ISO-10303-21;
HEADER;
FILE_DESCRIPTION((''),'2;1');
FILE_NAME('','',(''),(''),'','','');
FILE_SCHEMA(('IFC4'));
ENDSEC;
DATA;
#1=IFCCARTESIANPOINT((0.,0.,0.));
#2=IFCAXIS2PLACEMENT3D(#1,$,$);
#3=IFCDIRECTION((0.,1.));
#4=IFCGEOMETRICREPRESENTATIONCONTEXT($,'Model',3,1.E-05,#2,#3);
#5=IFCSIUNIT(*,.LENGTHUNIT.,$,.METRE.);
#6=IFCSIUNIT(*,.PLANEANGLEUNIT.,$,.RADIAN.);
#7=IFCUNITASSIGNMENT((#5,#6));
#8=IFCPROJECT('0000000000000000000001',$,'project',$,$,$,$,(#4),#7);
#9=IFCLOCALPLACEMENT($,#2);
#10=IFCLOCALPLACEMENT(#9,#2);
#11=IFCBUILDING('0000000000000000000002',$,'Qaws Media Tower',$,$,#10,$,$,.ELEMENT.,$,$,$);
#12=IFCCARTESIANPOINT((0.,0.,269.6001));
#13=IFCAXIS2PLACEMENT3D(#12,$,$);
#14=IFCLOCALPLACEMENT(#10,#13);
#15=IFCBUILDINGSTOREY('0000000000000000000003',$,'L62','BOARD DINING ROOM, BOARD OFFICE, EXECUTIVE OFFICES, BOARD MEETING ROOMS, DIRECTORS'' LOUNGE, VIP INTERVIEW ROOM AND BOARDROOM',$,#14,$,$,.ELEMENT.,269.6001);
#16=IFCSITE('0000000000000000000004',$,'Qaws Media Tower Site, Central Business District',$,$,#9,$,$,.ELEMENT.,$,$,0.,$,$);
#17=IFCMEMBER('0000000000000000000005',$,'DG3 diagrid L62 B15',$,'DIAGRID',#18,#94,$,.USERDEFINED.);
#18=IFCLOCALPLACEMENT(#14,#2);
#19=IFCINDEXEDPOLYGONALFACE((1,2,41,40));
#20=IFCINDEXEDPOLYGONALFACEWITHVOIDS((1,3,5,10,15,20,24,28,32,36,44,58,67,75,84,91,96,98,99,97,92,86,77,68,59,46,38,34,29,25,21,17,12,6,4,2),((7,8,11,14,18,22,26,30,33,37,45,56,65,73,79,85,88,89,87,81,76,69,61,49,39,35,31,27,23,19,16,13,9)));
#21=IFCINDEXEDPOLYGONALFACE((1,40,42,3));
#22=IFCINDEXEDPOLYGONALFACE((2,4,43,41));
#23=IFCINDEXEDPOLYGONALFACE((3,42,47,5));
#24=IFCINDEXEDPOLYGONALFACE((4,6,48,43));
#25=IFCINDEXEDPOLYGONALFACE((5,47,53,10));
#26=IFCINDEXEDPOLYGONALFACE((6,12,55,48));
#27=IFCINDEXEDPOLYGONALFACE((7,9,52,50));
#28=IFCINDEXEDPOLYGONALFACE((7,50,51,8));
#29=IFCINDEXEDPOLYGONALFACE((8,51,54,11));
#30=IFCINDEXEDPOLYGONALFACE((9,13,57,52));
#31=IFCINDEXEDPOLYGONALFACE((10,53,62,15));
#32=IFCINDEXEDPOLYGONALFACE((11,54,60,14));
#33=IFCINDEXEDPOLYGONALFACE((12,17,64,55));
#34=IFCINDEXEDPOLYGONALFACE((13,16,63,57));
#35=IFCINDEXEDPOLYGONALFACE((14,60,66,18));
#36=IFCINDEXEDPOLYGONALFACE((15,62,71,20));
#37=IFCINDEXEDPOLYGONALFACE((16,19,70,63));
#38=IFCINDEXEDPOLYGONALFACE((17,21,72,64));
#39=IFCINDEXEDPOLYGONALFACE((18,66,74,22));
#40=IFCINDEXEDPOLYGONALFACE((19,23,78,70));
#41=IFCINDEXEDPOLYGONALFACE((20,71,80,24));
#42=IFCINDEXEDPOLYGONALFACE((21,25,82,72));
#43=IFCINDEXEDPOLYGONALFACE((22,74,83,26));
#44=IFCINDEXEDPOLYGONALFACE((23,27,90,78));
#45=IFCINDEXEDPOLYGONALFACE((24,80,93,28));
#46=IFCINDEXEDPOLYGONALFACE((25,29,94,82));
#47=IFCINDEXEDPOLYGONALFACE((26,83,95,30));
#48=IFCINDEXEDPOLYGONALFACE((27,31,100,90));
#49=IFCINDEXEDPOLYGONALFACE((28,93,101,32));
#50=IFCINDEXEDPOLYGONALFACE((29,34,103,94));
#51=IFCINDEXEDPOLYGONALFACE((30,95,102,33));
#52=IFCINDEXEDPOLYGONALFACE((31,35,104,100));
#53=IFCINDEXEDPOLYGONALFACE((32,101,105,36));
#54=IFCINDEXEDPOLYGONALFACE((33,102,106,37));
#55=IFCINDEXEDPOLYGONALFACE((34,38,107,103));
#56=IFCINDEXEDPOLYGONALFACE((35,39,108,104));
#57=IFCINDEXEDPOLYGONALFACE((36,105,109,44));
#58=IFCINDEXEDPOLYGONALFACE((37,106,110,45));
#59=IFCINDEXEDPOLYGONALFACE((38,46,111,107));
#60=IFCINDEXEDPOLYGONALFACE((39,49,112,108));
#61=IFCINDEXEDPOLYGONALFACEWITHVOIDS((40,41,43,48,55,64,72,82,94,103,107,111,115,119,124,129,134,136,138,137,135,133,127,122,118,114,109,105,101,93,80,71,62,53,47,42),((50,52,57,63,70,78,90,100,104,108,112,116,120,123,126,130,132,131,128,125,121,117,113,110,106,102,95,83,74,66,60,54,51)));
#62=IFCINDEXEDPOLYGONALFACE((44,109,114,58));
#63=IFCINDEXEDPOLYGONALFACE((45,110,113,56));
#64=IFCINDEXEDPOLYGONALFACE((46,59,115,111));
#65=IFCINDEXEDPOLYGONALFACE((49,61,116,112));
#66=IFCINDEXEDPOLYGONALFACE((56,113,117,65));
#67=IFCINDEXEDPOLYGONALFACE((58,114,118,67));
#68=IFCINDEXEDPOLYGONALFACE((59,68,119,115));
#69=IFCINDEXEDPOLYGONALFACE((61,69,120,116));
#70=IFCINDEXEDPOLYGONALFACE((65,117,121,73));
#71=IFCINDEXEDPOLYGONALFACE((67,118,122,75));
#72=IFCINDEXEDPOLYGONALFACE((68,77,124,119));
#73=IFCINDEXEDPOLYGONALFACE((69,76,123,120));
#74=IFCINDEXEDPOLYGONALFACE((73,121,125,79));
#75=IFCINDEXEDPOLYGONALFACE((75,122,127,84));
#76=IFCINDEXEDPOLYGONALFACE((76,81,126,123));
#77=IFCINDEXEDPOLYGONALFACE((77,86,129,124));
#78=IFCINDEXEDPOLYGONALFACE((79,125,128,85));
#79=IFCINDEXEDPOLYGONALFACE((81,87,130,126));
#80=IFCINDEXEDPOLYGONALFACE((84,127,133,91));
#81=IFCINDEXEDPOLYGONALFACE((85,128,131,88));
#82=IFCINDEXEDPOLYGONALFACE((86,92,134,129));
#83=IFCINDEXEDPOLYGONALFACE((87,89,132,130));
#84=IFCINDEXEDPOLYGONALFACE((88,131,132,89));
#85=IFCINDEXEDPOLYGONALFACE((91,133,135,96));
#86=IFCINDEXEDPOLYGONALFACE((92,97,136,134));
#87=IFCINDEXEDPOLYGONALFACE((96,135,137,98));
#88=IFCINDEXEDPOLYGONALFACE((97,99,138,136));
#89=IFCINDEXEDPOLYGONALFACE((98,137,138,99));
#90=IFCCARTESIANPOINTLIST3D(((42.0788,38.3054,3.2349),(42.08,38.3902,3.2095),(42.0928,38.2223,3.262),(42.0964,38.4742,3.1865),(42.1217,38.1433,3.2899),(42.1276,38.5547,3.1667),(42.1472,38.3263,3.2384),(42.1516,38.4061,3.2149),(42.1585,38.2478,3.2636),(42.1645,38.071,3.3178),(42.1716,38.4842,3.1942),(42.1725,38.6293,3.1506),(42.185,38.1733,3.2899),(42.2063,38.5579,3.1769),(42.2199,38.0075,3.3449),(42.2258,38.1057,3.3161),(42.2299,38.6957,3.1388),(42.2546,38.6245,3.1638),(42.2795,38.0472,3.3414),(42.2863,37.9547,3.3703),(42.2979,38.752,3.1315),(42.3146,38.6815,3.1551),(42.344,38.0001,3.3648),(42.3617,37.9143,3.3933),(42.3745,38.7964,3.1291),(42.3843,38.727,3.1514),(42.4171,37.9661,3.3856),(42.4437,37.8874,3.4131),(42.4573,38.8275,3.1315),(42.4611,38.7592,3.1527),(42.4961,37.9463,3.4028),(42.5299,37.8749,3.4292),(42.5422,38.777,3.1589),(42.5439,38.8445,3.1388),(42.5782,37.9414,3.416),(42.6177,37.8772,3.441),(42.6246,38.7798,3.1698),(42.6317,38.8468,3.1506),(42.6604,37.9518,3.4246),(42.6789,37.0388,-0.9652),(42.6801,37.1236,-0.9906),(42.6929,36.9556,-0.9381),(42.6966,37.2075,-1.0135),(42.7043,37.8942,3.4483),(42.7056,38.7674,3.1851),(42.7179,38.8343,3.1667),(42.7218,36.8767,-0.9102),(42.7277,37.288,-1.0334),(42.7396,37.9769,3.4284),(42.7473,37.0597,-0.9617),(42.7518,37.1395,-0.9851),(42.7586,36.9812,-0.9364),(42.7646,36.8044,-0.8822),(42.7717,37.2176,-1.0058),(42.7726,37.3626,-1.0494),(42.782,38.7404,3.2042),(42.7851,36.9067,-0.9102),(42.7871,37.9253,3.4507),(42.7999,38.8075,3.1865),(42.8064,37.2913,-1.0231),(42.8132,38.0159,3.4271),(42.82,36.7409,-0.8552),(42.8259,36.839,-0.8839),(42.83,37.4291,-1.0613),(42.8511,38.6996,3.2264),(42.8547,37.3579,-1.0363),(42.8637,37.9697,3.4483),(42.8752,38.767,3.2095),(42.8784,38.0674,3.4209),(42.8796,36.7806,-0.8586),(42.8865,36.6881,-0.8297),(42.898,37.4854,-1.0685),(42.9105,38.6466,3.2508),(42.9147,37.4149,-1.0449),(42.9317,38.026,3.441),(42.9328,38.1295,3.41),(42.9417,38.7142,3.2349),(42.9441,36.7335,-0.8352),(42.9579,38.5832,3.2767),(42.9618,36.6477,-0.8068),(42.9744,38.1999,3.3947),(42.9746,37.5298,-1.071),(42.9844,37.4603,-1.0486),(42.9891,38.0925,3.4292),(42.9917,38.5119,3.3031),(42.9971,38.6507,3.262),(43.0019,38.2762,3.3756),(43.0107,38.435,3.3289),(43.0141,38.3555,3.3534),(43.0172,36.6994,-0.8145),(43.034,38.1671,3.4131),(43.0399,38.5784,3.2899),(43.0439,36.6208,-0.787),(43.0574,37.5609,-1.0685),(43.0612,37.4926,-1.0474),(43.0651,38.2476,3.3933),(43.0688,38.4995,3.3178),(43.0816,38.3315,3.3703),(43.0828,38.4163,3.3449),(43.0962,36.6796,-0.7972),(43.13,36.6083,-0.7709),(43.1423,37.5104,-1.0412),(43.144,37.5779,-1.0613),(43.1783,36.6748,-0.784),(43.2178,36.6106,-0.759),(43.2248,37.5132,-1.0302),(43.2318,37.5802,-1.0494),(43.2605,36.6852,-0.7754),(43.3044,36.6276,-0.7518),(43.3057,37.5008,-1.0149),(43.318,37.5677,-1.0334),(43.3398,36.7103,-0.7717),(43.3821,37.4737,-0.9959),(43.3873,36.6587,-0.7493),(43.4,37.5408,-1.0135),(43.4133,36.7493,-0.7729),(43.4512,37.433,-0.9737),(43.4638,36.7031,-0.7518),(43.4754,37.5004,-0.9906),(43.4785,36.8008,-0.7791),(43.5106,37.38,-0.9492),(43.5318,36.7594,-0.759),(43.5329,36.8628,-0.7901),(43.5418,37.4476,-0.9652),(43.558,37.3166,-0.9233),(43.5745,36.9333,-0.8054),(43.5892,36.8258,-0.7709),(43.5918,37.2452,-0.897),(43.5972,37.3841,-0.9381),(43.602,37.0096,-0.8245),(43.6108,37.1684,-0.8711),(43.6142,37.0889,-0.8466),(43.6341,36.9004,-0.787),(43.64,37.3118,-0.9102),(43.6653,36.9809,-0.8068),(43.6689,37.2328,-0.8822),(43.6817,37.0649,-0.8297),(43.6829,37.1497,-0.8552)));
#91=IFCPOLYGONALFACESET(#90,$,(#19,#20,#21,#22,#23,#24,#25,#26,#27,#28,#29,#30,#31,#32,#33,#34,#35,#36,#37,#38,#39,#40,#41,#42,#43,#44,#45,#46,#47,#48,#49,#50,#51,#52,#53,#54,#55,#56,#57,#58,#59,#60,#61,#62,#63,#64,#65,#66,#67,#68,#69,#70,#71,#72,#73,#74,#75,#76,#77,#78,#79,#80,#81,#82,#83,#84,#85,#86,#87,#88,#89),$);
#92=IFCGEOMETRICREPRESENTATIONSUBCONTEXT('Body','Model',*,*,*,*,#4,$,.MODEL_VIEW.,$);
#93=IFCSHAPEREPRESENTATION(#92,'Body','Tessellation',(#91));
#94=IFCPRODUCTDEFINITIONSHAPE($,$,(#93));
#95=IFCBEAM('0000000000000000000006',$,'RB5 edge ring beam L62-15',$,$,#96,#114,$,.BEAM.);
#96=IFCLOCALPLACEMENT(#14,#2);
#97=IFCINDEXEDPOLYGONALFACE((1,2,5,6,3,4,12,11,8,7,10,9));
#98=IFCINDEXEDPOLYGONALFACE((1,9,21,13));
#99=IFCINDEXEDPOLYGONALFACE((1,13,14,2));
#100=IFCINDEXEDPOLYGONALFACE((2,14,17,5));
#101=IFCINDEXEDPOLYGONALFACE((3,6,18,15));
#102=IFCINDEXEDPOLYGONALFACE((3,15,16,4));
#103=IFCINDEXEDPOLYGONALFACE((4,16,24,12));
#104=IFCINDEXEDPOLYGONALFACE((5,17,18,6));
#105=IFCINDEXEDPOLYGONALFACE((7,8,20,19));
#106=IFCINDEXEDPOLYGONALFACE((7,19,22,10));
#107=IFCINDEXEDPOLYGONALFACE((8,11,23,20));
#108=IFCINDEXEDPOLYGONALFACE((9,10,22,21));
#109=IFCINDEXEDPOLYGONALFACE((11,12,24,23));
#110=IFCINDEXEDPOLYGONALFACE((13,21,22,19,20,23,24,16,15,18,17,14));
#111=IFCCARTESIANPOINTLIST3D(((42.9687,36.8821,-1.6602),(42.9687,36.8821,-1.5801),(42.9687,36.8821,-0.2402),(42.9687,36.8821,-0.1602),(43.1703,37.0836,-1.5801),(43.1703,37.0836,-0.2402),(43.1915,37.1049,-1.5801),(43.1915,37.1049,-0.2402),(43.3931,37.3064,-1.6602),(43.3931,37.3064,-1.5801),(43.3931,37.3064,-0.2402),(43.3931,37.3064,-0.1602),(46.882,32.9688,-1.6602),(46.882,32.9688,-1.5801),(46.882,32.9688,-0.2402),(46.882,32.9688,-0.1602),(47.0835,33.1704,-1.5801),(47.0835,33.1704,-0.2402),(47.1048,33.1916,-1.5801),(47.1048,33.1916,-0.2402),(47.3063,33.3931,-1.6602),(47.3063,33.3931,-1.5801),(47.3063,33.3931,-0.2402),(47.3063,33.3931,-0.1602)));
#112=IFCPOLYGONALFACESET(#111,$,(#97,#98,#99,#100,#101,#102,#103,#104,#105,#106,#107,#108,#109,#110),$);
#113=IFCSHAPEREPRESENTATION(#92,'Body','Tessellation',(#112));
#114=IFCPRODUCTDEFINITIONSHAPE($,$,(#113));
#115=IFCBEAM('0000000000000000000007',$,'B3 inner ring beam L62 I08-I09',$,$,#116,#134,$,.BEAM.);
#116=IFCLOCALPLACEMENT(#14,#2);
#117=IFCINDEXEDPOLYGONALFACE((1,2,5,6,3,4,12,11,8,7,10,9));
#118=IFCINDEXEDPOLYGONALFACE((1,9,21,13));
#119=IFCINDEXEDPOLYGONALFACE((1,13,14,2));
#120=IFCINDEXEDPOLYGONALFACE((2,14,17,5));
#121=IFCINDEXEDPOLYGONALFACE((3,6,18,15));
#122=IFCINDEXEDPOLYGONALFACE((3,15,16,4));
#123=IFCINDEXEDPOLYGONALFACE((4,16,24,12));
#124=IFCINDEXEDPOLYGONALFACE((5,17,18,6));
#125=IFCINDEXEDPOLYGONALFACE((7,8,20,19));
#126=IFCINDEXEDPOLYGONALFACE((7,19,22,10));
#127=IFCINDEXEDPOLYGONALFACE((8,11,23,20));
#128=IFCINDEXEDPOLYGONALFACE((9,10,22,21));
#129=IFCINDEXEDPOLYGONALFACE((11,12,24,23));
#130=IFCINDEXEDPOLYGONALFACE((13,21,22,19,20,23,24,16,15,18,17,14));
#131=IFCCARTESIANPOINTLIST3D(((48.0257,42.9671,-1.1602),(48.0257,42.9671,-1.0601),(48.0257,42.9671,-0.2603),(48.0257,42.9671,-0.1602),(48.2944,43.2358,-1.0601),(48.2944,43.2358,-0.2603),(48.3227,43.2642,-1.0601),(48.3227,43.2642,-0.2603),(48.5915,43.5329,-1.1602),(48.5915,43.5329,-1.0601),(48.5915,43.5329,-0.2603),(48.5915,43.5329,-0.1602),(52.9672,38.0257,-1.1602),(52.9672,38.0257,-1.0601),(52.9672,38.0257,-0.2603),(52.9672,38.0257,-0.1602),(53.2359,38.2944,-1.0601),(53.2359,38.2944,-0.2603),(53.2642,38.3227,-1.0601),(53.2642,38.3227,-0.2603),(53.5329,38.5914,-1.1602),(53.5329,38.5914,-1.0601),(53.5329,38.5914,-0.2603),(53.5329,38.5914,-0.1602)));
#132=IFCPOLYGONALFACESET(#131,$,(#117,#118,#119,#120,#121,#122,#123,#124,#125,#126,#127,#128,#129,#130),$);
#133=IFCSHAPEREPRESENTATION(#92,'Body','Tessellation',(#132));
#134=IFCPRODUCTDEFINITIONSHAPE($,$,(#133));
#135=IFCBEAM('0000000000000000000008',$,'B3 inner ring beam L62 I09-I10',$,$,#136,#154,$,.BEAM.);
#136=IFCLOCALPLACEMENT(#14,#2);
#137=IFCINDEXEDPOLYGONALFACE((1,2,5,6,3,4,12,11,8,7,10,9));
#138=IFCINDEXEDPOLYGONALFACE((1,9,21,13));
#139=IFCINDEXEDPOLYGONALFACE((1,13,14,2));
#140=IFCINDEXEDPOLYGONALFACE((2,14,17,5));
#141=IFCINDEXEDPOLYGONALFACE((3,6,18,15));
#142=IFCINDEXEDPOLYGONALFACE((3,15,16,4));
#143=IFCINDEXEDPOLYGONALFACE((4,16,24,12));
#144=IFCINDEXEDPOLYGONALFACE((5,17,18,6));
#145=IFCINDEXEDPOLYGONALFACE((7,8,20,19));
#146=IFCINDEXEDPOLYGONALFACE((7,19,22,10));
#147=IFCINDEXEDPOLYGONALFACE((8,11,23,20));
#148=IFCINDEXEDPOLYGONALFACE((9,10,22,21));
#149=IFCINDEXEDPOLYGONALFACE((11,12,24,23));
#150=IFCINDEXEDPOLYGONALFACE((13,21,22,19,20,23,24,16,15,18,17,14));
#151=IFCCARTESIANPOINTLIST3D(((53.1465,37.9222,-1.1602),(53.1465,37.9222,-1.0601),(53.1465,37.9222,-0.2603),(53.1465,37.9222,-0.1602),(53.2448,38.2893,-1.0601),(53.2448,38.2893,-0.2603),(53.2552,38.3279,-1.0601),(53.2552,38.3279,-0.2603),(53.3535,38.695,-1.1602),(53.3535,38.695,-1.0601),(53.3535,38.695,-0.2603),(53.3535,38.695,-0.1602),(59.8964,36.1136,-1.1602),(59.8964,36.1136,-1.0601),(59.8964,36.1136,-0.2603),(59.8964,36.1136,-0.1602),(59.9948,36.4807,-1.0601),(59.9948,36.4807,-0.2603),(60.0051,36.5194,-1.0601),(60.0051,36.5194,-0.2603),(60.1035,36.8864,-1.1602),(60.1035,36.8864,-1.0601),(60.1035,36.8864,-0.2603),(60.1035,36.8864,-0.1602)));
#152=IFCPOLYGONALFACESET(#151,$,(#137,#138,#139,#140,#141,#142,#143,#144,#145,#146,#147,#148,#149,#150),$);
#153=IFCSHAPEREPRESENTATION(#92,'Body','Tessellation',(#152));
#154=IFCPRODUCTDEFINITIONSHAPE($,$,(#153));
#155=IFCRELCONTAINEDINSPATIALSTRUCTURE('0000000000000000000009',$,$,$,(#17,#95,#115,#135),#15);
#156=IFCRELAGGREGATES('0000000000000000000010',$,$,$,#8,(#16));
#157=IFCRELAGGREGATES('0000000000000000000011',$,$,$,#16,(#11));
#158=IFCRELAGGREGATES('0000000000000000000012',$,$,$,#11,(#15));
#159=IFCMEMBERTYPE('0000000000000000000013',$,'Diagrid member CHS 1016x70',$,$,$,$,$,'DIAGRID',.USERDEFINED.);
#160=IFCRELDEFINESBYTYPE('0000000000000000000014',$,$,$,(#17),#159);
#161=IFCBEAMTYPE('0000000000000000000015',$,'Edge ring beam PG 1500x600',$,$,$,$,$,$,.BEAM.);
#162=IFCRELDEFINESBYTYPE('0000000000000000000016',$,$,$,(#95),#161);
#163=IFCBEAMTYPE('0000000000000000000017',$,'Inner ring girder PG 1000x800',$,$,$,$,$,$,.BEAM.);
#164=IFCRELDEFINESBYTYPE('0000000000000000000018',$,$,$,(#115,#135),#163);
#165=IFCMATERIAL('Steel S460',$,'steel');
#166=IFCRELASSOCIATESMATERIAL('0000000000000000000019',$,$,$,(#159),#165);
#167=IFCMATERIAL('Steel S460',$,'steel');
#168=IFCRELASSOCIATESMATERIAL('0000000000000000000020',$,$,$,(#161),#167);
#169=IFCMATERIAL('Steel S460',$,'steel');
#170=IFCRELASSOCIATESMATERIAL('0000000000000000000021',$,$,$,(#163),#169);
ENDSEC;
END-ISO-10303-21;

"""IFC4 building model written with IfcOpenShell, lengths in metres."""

from ifc_helpers import new_model, si_unit, direction, frame, origin, origin_2d, place, context, subcontext, project, spatial, hollow_circle, i_section, extrude, material, material_profile, profile_set, type_object, element, save


model = new_model("IFC4")

# Units and contexts
model_context = context("Model", 3, precision=1e-05, world=origin(), true_north=direction((0.0, 1.0)))
body_context = subcontext(model_context, "Body", "Model", "MODEL_VIEW")
ifc_project = project(units=[si_unit("LENGTHUNIT", "METRE"), si_unit("PLANEANGLEUNIT", "RADIAN")], contexts=[model_context])

# Site, building, storey
site_placement = place(None, origin())
site = spatial("IfcSite", under=ifc_project, at=site_placement, Name="Qaws Media Tower Site, Central Business District", CompositionType="ELEMENT", RefElevation=0.0)
building_placement = place(site_placement, origin())
building = spatial("IfcBuilding", under=site, at=building_placement, Name="Qaws Media Tower", CompositionType="ELEMENT")
storey_placement = place(building_placement, frame((0.0, 0.0, 269.6001)))
storey = spatial("IfcBuildingStorey", under=building, at=storey_placement, Name="L62", Description="BOARD DINING ROOM, BOARD OFFICE, EXECUTIVE OFFICES, BOARD MEETING ROOMS, DIRECTORS' LOUNGE, VIP INTERVIEW ROOM AND BOARDROOM", CompositionType="ELEMENT", Elevation=269.6001)

# Member
ifc_material_1 = material(Name="Steel S460", Category="steel")
ifc_material_profile_1 = material_profile(ifc_material_1, hollow_circle(Radius=0.5081, WallThickness=0.0701, at=origin_2d()), Name="CHS 1016x70")
ifc_profile_set_1 = profile_set([ifc_material_profile_1], Name="Steel S460")
member_type_1 = type_object("IfcMemberType", Name="Diagrid member CHS 1016x70", ElementType="DIAGRID", PredefinedType="USERDEFINED", material=ifc_profile_set_1)
for number, where, z_axis, x_axis, name in (
    (1, (43.1809, 37.0942, -0.9102), (-0.135534, 0.286067, 0.948576), (-0.903702, -0.428161, 0.0), "DG3 diagrid L62 B15"),
):
    element("IfcMember", number, at=place(storey_placement, frame(where, z_axis=z_axis, x_axis=x_axis)), inside=storey, type_object=member_type_1, Name=name, ObjectType="DIAGRID", PredefinedType="USERDEFINED", context=body_context, shape_type="SweptSolid", body=[
        extrude(hollow_circle(Radius=0.5081, WallThickness=0.0701, at=origin_2d()), origin(), (0.0, 0.0, 1.0), 4.4277),
    ])

# Beams
ifc_material_2 = material(Name="Steel S460", Category="steel")
ifc_material_profile_2 = material_profile(ifc_material_2, i_section(OverallWidth=0.6001, OverallDepth=1.5, WebThickness=0.03, FlangeThickness=0.0801, at=origin_2d()), Name="PG 1500x600")
ifc_profile_set_2 = profile_set([ifc_material_profile_2], Name="Steel S460")
beam_type_1 = type_object("IfcBeamType", Name="Edge ring beam PG 1500x600", PredefinedType="BEAM", material=ifc_profile_set_2)
beam_1_placement = place(storey_placement, frame((43.1809, 37.0942, -0.9102), z_axis=(0.707107, -0.707107, 0.0), x_axis=(0.707107, 0.707107, 0.0)))
element("IfcBeam", 2, at=beam_1_placement, inside=storey, type_object=beam_type_1, Name="RB5 edge ring beam L62-15", PredefinedType="BEAM", context=body_context, shape_type="SweptSolid", body=[
    extrude(i_section(OverallWidth=0.6001, OverallDepth=1.5, WebThickness=0.03, FlangeThickness=0.0801, at=origin_2d()), origin(), (0.0, 0.0, 1.0), 5.5342),
])
ifc_material_3 = material(Name="Steel S460", Category="steel")
ifc_material_profile_3 = material_profile(ifc_material_3, i_section(OverallWidth=0.8, OverallDepth=1.0, WebThickness=0.04, FlangeThickness=0.1001, at=origin_2d()), Name="PG 1000x800")
ifc_profile_set_3 = profile_set([ifc_material_profile_3], Name="Steel S460")
beam_type_2 = type_object("IfcBeamType", Name="Inner ring girder PG 1000x800", PredefinedType="BEAM", material=ifc_profile_set_3)
beam_2_placement = place(storey_placement, frame((48.3086, 43.25, -0.6602), z_axis=(0.707107, -0.707107, 0.0), x_axis=(0.707107, 0.707107, 0.0)))
element("IfcBeam", 3, at=beam_2_placement, inside=storey, type_object=beam_type_2, Name="B3 inner ring beam L62 I08-I09", PredefinedType="BEAM", context=body_context, shape_type="SweptSolid", body=[
    extrude(i_section(OverallWidth=0.8, OverallDepth=1.0, WebThickness=0.04, FlangeThickness=0.1001, at=origin_2d()), origin(), (0.0, 0.0, 1.0), 6.9883),
])
beam_3_placement = place(storey_placement, frame((53.25, 38.3086, -0.6602), z_axis=(0.965928, -0.258811, 0.0), x_axis=(0.258811, 0.965928, 0.0)))
element("IfcBeam", 4, at=beam_3_placement, inside=storey, type_object=beam_type_2, Name="B3 inner ring beam L62 I09-I10", PredefinedType="BEAM", context=body_context, shape_type="SweptSolid", body=[
    extrude(i_section(OverallWidth=0.8, OverallDepth=1.0, WebThickness=0.04, FlangeThickness=0.1001, at=origin_2d()), origin(), (0.0, 0.0, 1.0), 6.988),
])

save(model, "model.ifc")
